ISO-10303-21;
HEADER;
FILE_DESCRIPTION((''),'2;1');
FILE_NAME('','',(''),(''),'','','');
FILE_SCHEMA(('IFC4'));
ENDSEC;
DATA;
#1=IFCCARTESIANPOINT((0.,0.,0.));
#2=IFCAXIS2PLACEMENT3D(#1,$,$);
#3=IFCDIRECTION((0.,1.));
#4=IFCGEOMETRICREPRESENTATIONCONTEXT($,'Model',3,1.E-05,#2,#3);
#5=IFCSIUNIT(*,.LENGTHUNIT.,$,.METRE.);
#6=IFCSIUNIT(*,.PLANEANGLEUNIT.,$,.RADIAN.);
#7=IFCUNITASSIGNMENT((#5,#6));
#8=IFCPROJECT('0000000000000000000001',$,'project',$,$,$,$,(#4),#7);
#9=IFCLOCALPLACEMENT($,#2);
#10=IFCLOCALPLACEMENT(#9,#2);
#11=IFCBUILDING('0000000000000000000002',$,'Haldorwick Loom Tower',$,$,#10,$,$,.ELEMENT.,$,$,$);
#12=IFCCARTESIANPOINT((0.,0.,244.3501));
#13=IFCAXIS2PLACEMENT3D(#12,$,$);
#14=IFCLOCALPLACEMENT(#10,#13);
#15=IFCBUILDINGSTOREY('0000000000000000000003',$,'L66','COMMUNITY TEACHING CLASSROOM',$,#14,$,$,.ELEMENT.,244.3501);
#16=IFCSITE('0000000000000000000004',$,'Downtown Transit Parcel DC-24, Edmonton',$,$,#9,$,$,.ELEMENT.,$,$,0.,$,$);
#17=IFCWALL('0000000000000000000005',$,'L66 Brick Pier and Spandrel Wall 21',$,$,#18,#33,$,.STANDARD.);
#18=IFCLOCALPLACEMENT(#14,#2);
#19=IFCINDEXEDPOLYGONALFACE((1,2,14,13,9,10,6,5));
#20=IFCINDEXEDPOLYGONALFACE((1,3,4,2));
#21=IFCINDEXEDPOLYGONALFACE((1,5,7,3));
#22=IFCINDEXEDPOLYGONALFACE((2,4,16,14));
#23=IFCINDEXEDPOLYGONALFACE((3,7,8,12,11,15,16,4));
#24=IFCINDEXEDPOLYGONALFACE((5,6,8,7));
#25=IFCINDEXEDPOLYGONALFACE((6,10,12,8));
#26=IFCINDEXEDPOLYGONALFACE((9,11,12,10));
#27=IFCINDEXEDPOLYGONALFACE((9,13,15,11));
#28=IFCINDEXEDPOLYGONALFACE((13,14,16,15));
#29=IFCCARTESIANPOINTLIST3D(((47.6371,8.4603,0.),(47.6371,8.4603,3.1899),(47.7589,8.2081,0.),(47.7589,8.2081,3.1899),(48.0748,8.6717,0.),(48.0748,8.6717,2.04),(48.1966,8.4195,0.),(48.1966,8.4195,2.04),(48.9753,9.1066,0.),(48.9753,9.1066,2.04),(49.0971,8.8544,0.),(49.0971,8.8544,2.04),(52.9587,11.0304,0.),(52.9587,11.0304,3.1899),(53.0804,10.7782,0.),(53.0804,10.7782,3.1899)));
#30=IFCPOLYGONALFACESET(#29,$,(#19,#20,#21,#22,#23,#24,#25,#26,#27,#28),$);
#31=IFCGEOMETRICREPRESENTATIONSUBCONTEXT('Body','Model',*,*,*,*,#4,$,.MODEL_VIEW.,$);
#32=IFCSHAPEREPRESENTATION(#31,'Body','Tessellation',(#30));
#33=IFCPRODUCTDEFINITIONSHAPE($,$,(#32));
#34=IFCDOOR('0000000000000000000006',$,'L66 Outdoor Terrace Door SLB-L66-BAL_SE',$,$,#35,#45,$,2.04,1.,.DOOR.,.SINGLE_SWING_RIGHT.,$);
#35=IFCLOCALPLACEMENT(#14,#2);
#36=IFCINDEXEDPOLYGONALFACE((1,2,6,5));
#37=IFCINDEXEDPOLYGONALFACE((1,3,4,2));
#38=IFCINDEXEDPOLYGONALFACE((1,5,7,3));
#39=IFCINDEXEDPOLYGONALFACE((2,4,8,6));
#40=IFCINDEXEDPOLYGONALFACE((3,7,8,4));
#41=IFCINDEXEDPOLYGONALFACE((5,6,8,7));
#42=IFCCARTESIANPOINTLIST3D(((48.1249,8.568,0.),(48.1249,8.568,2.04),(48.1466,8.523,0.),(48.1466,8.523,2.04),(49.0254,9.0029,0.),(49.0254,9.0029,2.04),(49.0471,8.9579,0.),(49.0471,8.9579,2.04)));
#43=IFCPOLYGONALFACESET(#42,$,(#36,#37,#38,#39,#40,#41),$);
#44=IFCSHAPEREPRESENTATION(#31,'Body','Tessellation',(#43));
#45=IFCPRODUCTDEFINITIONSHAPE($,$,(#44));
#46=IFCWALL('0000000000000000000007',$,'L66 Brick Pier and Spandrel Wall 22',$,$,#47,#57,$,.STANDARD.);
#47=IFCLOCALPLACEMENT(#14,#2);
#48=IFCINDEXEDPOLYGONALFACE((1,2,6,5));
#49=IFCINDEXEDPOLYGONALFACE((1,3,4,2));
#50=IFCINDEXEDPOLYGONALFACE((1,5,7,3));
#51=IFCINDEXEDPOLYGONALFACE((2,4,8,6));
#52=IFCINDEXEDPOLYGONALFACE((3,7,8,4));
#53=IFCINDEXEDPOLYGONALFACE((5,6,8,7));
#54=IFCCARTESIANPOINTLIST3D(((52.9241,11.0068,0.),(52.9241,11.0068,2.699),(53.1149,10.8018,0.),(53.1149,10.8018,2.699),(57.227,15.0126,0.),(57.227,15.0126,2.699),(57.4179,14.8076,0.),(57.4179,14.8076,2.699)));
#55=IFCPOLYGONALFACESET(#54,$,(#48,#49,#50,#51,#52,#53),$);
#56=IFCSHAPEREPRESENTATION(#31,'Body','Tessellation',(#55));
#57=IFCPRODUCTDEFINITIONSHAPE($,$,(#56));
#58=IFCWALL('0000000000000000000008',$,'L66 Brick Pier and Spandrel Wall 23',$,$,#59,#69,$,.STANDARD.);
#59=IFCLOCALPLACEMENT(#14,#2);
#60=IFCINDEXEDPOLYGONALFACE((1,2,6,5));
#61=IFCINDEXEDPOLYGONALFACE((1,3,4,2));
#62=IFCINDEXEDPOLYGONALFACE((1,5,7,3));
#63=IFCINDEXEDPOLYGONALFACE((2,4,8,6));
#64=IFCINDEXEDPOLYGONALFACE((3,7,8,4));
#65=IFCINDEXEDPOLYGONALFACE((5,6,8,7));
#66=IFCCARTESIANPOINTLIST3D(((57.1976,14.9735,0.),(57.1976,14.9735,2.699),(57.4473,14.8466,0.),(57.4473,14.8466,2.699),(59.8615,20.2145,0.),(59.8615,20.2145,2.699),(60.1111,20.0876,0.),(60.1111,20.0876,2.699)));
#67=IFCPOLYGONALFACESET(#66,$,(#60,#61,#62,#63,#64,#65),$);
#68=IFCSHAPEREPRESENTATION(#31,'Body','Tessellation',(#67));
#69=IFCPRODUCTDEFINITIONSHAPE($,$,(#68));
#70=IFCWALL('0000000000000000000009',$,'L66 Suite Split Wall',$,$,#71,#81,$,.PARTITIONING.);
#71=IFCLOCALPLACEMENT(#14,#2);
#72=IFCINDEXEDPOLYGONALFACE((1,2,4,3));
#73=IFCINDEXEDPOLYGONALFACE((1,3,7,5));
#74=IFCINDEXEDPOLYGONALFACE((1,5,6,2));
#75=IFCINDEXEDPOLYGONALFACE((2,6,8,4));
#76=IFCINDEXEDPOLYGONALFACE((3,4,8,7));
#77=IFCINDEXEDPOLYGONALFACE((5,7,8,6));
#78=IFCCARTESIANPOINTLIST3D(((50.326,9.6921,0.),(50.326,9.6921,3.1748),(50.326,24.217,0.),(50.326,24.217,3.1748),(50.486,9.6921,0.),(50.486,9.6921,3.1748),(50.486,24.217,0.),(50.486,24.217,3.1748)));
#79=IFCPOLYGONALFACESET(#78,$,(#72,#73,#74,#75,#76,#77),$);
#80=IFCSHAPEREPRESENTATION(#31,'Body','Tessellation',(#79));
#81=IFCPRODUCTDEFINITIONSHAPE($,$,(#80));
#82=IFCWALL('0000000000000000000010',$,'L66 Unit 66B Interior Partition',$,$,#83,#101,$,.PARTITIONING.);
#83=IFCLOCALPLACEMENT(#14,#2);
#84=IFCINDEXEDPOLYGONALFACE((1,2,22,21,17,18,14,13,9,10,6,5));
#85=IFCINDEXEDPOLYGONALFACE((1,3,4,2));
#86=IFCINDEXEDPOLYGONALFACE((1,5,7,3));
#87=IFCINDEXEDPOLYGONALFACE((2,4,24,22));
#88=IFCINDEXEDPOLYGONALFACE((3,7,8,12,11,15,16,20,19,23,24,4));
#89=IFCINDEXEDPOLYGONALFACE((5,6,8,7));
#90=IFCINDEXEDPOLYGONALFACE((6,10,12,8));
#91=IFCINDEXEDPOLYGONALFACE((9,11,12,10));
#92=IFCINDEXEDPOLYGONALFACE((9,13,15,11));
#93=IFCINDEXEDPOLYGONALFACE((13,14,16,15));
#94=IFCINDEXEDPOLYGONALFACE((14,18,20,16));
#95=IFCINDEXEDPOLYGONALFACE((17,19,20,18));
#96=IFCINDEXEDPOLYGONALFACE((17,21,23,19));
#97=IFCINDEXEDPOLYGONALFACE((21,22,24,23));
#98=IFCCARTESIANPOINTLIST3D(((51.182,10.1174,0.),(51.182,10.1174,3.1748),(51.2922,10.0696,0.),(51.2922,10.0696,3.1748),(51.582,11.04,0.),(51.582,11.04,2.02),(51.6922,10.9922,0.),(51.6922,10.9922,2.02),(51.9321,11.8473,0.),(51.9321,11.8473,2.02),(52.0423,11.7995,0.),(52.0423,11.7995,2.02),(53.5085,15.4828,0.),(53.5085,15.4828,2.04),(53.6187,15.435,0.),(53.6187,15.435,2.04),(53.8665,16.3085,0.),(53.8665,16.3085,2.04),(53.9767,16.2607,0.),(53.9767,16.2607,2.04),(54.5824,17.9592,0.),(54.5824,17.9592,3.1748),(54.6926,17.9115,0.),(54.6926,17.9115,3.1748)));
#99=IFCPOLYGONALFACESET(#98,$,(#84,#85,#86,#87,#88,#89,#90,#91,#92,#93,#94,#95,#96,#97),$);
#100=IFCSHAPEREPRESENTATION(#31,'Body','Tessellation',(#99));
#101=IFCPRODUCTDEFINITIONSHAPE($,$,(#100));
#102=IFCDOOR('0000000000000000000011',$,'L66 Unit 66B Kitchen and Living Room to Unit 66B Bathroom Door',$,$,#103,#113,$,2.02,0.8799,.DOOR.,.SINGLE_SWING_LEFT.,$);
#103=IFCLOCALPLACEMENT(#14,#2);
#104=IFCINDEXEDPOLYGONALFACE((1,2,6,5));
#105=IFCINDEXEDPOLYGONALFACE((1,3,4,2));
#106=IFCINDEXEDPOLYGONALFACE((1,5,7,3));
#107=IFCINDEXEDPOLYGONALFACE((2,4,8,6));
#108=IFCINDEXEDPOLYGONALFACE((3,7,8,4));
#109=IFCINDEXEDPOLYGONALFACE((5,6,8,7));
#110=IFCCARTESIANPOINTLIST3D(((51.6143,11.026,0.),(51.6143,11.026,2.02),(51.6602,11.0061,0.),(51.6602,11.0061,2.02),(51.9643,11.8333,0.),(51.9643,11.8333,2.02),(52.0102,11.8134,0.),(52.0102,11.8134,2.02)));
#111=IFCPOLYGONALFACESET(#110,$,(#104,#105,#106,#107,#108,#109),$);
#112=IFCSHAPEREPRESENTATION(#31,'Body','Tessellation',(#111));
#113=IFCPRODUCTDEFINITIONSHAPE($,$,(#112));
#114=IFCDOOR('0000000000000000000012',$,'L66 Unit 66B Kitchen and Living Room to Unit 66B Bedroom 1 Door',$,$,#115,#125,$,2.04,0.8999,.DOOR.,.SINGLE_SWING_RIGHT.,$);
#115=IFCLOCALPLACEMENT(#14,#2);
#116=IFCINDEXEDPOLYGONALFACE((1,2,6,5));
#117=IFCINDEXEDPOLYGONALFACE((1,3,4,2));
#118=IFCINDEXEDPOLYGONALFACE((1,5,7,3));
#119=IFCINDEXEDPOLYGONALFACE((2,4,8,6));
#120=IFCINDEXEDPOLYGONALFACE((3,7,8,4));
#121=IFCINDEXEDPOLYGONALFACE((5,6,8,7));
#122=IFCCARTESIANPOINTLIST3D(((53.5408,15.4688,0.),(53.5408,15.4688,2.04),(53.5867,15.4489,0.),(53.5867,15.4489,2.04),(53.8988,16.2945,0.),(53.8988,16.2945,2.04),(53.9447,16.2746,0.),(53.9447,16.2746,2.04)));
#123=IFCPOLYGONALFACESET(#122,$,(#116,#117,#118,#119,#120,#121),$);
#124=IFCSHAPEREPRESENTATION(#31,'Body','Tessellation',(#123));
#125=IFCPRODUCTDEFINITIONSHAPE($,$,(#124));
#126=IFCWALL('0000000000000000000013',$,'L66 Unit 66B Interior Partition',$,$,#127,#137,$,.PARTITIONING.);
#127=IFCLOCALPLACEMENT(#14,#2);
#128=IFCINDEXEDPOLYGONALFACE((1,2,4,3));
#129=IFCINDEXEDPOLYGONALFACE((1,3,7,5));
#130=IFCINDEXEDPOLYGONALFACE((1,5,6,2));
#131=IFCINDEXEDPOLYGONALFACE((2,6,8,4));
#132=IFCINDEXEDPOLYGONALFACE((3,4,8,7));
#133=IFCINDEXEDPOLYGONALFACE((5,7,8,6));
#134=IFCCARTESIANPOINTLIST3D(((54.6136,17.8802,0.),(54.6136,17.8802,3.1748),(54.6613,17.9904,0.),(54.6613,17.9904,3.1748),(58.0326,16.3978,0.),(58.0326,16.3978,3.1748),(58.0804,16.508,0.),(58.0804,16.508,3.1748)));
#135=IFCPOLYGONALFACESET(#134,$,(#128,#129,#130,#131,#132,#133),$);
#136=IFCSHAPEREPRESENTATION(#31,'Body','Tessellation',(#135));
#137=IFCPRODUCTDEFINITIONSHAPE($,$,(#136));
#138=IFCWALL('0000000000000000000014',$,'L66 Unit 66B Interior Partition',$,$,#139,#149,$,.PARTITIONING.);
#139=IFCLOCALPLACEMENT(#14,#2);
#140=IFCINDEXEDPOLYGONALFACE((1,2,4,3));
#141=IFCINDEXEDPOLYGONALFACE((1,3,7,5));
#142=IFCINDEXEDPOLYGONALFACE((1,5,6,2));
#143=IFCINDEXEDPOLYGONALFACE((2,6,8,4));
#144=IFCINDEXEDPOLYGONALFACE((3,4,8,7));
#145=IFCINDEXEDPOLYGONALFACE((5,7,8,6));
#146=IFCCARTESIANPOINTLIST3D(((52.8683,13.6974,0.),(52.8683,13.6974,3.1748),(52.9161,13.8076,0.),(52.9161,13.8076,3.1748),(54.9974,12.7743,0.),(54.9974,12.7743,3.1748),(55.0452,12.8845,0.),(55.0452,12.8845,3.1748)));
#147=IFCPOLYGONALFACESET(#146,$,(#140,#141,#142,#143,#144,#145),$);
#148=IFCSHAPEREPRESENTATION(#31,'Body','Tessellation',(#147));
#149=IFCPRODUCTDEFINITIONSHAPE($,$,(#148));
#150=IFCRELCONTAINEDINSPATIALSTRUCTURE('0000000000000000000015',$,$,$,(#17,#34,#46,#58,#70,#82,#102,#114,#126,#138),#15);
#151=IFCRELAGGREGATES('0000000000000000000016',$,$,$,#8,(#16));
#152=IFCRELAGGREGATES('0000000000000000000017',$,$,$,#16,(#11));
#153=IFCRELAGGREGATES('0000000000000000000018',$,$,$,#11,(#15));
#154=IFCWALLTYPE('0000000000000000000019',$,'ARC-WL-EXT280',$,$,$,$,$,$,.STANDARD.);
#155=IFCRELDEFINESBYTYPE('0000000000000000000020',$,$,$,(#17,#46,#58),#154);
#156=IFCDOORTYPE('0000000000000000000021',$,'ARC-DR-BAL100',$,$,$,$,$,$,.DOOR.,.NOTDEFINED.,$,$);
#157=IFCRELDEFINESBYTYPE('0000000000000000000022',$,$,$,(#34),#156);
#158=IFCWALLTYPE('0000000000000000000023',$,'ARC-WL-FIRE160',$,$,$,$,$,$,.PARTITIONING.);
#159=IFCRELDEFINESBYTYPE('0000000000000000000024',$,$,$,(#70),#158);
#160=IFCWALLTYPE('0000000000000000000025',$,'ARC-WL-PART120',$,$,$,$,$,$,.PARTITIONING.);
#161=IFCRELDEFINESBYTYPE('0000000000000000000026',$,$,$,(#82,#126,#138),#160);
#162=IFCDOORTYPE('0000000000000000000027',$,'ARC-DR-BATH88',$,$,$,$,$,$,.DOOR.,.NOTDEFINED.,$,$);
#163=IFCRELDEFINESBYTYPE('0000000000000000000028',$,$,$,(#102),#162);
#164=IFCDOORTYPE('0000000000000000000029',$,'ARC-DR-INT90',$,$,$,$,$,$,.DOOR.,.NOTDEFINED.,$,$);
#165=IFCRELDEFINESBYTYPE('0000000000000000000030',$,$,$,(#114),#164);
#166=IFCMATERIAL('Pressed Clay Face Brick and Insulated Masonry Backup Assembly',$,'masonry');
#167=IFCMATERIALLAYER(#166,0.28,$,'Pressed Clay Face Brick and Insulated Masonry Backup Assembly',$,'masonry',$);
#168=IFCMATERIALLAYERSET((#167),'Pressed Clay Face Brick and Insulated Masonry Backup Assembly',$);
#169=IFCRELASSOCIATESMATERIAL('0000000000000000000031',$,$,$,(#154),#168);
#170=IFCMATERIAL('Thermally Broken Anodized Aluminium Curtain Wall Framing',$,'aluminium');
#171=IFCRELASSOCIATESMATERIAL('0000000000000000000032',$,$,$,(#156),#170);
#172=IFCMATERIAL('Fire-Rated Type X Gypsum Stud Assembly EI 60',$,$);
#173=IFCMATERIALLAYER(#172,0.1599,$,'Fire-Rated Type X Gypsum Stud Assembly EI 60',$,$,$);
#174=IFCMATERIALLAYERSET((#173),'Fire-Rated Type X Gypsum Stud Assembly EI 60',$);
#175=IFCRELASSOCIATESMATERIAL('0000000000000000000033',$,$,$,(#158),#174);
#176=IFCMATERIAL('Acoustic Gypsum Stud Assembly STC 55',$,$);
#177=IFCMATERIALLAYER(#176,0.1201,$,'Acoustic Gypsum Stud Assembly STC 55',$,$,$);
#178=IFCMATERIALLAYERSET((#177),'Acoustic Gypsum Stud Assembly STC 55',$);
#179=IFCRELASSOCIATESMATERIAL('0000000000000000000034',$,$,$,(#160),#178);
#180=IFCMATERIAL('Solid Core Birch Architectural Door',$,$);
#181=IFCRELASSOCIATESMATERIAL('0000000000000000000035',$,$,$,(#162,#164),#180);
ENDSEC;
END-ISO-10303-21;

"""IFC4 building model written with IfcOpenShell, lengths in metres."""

from ifc_helpers import new_model, si_unit, direction, frame, frame_2d, origin, place, context, subcontext, project, spatial, rectangle, extrude, material, layer, layer_set, type_object, element, fill, save


model = new_model("IFC4")

# Units and contexts
model_context = context("Model", 3, precision=1e-05, world=origin(), true_north=direction((0.0, 1.0)))
body_context = subcontext(model_context, "Body", "Model", "MODEL_VIEW")
ifc_project = project(units=[si_unit("LENGTHUNIT", "METRE"), si_unit("PLANEANGLEUNIT", "RADIAN")], contexts=[model_context])

# Site, building, storey
site_placement = place(None, origin())
site = spatial("IfcSite", under=ifc_project, at=site_placement, Name="Downtown Transit Parcel DC-24, Edmonton", CompositionType="ELEMENT", RefElevation=0.0)
building_placement = place(site_placement, origin())
building = spatial("IfcBuilding", under=site, at=building_placement, Name="Haldorwick Loom Tower", CompositionType="ELEMENT")
storey_placement = place(building_placement, frame((0.0, 0.0, 244.3501)))
storey = spatial("IfcBuildingStorey", under=building, at=storey_placement, Name="L66", Description="COMMUNITY TEACHING CLASSROOM", CompositionType="ELEMENT", Elevation=244.3501)

# Wall, opening, door
ifc_material_1 = material(Name="Pressed Clay Face Brick and Insulated Masonry Backup Assembly", Category="masonry")
ifc_layer_1 = layer(ifc_material_1, 0.28, Name="Pressed Clay Face Brick and Insulated Masonry Backup Assembly", Category="masonry")
ifc_layer_set_1 = layer_set([ifc_layer_1], Name="Pressed Clay Face Brick and Insulated Masonry Backup Assembly")
wall_type_1 = type_object("IfcWallType", Name="ARC-WL-EXT280", PredefinedType="STANDARD", material=ifc_layer_set_1)
wall_1_placement = place(storey_placement, frame((47.698, 8.3342, 0.0), z_axis=(0.0, 0.0, 1.0), x_axis=(0.900482, 0.434893, 0.0)))
wall_1 = element("IfcWall", 1, at=wall_1_placement, inside=storey, type_object=wall_type_1, Name="L66 Brick Pier and Spandrel Wall 21", PredefinedType="STANDARD", context=body_context, shape_type="SweptSolid", body=[
    extrude(rectangle(XDim=5.9097, YDim=0.28, at=frame_2d((2.9548, 0.0))), origin(), (0.0, 0.0, 1.0), 3.1899),
])
opening_1_placement = place(wall_1_placement, frame((0.4861, 0.0, 0.0)))
opening_1 = element("IfcOpeningElement", 2, at=opening_1_placement, cuts=wall_1, PredefinedType="OPENING", context=body_context, shape_type="SweptSolid", body=[
    extrude(rectangle(XDim=1.0, YDim=2.04, at=frame_2d((0.5, 1.02))), frame((0.0, 0.1499, 0.0), z_axis=(0.0, -1.0, 0.0), x_axis=(1.0, 0.0, 0.0)), (0.0, 0.0, 1.0), 0.3),
])
ifc_material_2 = material(Name="Thermally Broken Anodized Aluminium Curtain Wall Framing", Category="aluminium")
door_type_1 = type_object("IfcDoorType", Name="ARC-DR-BAL100", OperationType="NOTDEFINED", PredefinedType="DOOR", material=ifc_material_2)
door_1_placement = place(opening_1_placement, origin())
door_1 = element("IfcDoor", 3, at=door_1_placement, inside=storey, type_object=door_type_1, Name="L66 Outdoor Terrace Door SLB-L66-BAL_SE", OperationType="SINGLE_SWING_RIGHT", OverallHeight=2.04, OverallWidth=1.0, PredefinedType="DOOR", context=body_context, shape_type="SweptSolid", body=[
    extrude(rectangle(XDim=1.0, YDim=2.04, at=frame_2d((0.5, 1.02))), frame((0.0, 0.0249, 0.0), z_axis=(0.0, -1.0, 0.0), x_axis=(1.0, 0.0, 0.0)), (0.0, 0.0, 1.0), 0.05),
])
fill(opening_1, door_1)

# Walls
wall_2_placement = place(storey_placement, frame((53.0195, 10.9043, 0.0), z_axis=(0.0, 0.0, 1.0), x_axis=(0.731925, 0.681386, 0.0)))
element("IfcWall", 4, at=wall_2_placement, inside=storey, type_object=wall_type_1, Name="L66 Brick Pier and Spandrel Wall 22", PredefinedType="STANDARD", context=body_context, shape_type="SweptSolid", body=[
    extrude(rectangle(XDim=5.8789, YDim=0.28, at=frame_2d((2.9395, 0.0))), origin(), (0.0, 0.0, 1.0), 2.699),
])
wall_3_placement = place(storey_placement, frame((57.3225, 14.9102, 0.0), z_axis=(0.0, 0.0, 1.0), x_axis=(0.453101, 0.891459, 0.0)))
element("IfcWall", 5, at=wall_3_placement, inside=storey, type_object=wall_type_1, Name="L66 Brick Pier and Spandrel Wall 23", PredefinedType="STANDARD", context=body_context, shape_type="SweptSolid", body=[
    extrude(rectangle(XDim=5.8792, YDim=0.28, at=frame_2d((2.9395, 0.0))), origin(), (0.0, 0.0, 1.0), 2.699),
])
ifc_material_3 = material(Name="Fire-Rated Type X Gypsum Stud Assembly EI 60")
ifc_layer_2 = layer(ifc_material_3, 0.1599, Name="Fire-Rated Type X Gypsum Stud Assembly EI 60")
ifc_layer_set_2 = layer_set([ifc_layer_2], Name="Fire-Rated Type X Gypsum Stud Assembly EI 60")
wall_type_2 = type_object("IfcWallType", Name="ARC-WL-FIRE160", PredefinedType="PARTITIONING", material=ifc_layer_set_2)
wall_4_placement = place(storey_placement, frame((50.406, 9.6921, 0.0), z_axis=(0.0, 0.0, 1.0), x_axis=(0.0, 1.0, 0.0)))
element("IfcWall", 6, at=wall_4_placement, inside=storey, type_object=wall_type_2, Name="L66 Suite Split Wall", PredefinedType="PARTITIONING", context=body_context, shape_type="SweptSolid", body=[
    extrude(rectangle(XDim=14.5249, YDim=0.1599, at=frame_2d((7.2625, 0.0))), origin(), (0.0, 0.0, 1.0), 3.1748),
])

# Wall, openings, doors
ifc_material_4 = material(Name="Acoustic Gypsum Stud Assembly STC 55")
ifc_layer_3 = layer(ifc_material_4, 0.1201, Name="Acoustic Gypsum Stud Assembly STC 55")
ifc_layer_set_3 = layer_set([ifc_layer_3], Name="Acoustic Gypsum Stud Assembly STC 55")
wall_type_3 = type_object("IfcWallType", Name="ARC-WL-PART120", PredefinedType="PARTITIONING", material=ifc_layer_set_3)
wall_5_placement = place(storey_placement, frame((51.2371, 10.0935, 0.0), z_axis=(0.0, 0.0, 1.0), x_axis=(0.397832, 0.917458, 0.0)))
wall_5 = element("IfcWall", 7, at=wall_5_placement, inside=storey, type_object=wall_type_3, Name="L66 Unit 66B Interior Partition", PredefinedType="PARTITIONING", context=body_context, shape_type="SweptSolid", body=[
    extrude(rectangle(XDim=8.5474, YDim=0.1201, at=frame_2d((4.2737, 0.0))), origin(), (0.0, 0.0, 1.0), 3.1748),
])
opening_2_placement = place(wall_5_placement, frame((5.8481, 0.0, 0.0)))
opening_2 = element("IfcOpeningElement", 8, at=opening_2_placement, cuts=wall_5, PredefinedType="OPENING", context=body_context, shape_type="SweptSolid", body=[
    extrude(rectangle(XDim=0.8999, YDim=2.04, at=frame_2d((0.45, 1.02))), frame((0.0, 0.0701, 0.0), z_axis=(0.0, -1.0, 0.0), x_axis=(1.0, 0.0, 0.0)), (0.0, 0.0, 1.0), 0.1401),
])
opening_3_placement = place(wall_5_placement, frame((1.0056, 0.0, 0.0)))
opening_3 = element("IfcOpeningElement", 9, at=opening_3_placement, cuts=wall_5, PredefinedType="OPENING", context=body_context, shape_type="SweptSolid", body=[
    extrude(rectangle(XDim=0.8799, YDim=2.02, at=frame_2d((0.4399, 1.01))), frame((0.0, 0.0701, 0.0), z_axis=(0.0, -1.0, 0.0), x_axis=(1.0, 0.0, 0.0)), (0.0, 0.0, 1.0), 0.1401),
])
ifc_material_5 = material(Name="Solid Core Birch Architectural Door")
door_type_2 = type_object("IfcDoorType", Name="ARC-DR-BATH88", OperationType="NOTDEFINED", PredefinedType="DOOR", material=ifc_material_5)
door_2_placement = place(opening_3_placement, origin())
door_2 = element("IfcDoor", 10, at=door_2_placement, inside=storey, type_object=door_type_2, Name="L66 Unit 66B Kitchen and Living Room to Unit 66B Bathroom Door", OperationType="SINGLE_SWING_LEFT", OverallHeight=2.02, OverallWidth=0.8799, PredefinedType="DOOR", context=body_context, shape_type="SweptSolid", body=[
    extrude(rectangle(XDim=0.8799, YDim=2.02, at=frame_2d((0.4399, 1.01))), frame((0.0, 0.0249, 0.0), z_axis=(0.0, -1.0, 0.0), x_axis=(1.0, 0.0, 0.0)), (0.0, 0.0, 1.0), 0.05),
])
fill(opening_3, door_2)
door_type_3 = type_object("IfcDoorType", Name="ARC-DR-INT90", OperationType="NOTDEFINED", PredefinedType="DOOR", material=ifc_material_5)
door_3_placement = place(opening_2_placement, origin())
door_3 = element("IfcDoor", 11, at=door_3_placement, inside=storey, type_object=door_type_3, Name="L66 Unit 66B Kitchen and Living Room to Unit 66B Bedroom 1 Door", OperationType="SINGLE_SWING_RIGHT", OverallHeight=2.04, OverallWidth=0.8999, PredefinedType="DOOR", context=body_context, shape_type="SweptSolid", body=[
    extrude(rectangle(XDim=0.8999, YDim=2.04, at=frame_2d((0.45, 1.02))), frame((0.0, 0.0249, 0.0), z_axis=(0.0, -1.0, 0.0), x_axis=(1.0, 0.0, 0.0)), (0.0, 0.0, 1.0), 0.05),
])
fill(opening_2, door_3)

# Walls
wall_6_placement = place(storey_placement, frame((54.6375, 17.9353, 0.0), z_axis=(0.0, 0.0, 1.0), x_axis=(0.91747, -0.397806, 0.0)))
element("IfcWall", 12, at=wall_6_placement, inside=storey, type_object=wall_type_3, Name="L66 Unit 66B Interior Partition", PredefinedType="PARTITIONING", context=body_context, shape_type="SweptSolid", body=[
    extrude(rectangle(XDim=3.7266, YDim=0.1201, at=frame_2d((1.8633, 0.0))), origin(), (0.0, 0.0, 1.0), 3.1748),
])
wall_7_placement = place(storey_placement, frame((52.8923, 13.7524, 0.0), z_axis=(0.0, 0.0, 1.0), x_axis=(0.917483, -0.397776, 0.0)))
element("IfcWall", 13, at=wall_7_placement, inside=storey, type_object=wall_type_3, Name="L66 Unit 66B Interior Partition", PredefinedType="PARTITIONING", context=body_context, shape_type="SweptSolid", body=[
    extrude(rectangle(XDim=2.3206, YDim=0.1201, at=frame_2d((1.1602, 0.0))), origin(), (0.0, 0.0, 1.0), 3.1748),
])

save(model, "model.ifc")
